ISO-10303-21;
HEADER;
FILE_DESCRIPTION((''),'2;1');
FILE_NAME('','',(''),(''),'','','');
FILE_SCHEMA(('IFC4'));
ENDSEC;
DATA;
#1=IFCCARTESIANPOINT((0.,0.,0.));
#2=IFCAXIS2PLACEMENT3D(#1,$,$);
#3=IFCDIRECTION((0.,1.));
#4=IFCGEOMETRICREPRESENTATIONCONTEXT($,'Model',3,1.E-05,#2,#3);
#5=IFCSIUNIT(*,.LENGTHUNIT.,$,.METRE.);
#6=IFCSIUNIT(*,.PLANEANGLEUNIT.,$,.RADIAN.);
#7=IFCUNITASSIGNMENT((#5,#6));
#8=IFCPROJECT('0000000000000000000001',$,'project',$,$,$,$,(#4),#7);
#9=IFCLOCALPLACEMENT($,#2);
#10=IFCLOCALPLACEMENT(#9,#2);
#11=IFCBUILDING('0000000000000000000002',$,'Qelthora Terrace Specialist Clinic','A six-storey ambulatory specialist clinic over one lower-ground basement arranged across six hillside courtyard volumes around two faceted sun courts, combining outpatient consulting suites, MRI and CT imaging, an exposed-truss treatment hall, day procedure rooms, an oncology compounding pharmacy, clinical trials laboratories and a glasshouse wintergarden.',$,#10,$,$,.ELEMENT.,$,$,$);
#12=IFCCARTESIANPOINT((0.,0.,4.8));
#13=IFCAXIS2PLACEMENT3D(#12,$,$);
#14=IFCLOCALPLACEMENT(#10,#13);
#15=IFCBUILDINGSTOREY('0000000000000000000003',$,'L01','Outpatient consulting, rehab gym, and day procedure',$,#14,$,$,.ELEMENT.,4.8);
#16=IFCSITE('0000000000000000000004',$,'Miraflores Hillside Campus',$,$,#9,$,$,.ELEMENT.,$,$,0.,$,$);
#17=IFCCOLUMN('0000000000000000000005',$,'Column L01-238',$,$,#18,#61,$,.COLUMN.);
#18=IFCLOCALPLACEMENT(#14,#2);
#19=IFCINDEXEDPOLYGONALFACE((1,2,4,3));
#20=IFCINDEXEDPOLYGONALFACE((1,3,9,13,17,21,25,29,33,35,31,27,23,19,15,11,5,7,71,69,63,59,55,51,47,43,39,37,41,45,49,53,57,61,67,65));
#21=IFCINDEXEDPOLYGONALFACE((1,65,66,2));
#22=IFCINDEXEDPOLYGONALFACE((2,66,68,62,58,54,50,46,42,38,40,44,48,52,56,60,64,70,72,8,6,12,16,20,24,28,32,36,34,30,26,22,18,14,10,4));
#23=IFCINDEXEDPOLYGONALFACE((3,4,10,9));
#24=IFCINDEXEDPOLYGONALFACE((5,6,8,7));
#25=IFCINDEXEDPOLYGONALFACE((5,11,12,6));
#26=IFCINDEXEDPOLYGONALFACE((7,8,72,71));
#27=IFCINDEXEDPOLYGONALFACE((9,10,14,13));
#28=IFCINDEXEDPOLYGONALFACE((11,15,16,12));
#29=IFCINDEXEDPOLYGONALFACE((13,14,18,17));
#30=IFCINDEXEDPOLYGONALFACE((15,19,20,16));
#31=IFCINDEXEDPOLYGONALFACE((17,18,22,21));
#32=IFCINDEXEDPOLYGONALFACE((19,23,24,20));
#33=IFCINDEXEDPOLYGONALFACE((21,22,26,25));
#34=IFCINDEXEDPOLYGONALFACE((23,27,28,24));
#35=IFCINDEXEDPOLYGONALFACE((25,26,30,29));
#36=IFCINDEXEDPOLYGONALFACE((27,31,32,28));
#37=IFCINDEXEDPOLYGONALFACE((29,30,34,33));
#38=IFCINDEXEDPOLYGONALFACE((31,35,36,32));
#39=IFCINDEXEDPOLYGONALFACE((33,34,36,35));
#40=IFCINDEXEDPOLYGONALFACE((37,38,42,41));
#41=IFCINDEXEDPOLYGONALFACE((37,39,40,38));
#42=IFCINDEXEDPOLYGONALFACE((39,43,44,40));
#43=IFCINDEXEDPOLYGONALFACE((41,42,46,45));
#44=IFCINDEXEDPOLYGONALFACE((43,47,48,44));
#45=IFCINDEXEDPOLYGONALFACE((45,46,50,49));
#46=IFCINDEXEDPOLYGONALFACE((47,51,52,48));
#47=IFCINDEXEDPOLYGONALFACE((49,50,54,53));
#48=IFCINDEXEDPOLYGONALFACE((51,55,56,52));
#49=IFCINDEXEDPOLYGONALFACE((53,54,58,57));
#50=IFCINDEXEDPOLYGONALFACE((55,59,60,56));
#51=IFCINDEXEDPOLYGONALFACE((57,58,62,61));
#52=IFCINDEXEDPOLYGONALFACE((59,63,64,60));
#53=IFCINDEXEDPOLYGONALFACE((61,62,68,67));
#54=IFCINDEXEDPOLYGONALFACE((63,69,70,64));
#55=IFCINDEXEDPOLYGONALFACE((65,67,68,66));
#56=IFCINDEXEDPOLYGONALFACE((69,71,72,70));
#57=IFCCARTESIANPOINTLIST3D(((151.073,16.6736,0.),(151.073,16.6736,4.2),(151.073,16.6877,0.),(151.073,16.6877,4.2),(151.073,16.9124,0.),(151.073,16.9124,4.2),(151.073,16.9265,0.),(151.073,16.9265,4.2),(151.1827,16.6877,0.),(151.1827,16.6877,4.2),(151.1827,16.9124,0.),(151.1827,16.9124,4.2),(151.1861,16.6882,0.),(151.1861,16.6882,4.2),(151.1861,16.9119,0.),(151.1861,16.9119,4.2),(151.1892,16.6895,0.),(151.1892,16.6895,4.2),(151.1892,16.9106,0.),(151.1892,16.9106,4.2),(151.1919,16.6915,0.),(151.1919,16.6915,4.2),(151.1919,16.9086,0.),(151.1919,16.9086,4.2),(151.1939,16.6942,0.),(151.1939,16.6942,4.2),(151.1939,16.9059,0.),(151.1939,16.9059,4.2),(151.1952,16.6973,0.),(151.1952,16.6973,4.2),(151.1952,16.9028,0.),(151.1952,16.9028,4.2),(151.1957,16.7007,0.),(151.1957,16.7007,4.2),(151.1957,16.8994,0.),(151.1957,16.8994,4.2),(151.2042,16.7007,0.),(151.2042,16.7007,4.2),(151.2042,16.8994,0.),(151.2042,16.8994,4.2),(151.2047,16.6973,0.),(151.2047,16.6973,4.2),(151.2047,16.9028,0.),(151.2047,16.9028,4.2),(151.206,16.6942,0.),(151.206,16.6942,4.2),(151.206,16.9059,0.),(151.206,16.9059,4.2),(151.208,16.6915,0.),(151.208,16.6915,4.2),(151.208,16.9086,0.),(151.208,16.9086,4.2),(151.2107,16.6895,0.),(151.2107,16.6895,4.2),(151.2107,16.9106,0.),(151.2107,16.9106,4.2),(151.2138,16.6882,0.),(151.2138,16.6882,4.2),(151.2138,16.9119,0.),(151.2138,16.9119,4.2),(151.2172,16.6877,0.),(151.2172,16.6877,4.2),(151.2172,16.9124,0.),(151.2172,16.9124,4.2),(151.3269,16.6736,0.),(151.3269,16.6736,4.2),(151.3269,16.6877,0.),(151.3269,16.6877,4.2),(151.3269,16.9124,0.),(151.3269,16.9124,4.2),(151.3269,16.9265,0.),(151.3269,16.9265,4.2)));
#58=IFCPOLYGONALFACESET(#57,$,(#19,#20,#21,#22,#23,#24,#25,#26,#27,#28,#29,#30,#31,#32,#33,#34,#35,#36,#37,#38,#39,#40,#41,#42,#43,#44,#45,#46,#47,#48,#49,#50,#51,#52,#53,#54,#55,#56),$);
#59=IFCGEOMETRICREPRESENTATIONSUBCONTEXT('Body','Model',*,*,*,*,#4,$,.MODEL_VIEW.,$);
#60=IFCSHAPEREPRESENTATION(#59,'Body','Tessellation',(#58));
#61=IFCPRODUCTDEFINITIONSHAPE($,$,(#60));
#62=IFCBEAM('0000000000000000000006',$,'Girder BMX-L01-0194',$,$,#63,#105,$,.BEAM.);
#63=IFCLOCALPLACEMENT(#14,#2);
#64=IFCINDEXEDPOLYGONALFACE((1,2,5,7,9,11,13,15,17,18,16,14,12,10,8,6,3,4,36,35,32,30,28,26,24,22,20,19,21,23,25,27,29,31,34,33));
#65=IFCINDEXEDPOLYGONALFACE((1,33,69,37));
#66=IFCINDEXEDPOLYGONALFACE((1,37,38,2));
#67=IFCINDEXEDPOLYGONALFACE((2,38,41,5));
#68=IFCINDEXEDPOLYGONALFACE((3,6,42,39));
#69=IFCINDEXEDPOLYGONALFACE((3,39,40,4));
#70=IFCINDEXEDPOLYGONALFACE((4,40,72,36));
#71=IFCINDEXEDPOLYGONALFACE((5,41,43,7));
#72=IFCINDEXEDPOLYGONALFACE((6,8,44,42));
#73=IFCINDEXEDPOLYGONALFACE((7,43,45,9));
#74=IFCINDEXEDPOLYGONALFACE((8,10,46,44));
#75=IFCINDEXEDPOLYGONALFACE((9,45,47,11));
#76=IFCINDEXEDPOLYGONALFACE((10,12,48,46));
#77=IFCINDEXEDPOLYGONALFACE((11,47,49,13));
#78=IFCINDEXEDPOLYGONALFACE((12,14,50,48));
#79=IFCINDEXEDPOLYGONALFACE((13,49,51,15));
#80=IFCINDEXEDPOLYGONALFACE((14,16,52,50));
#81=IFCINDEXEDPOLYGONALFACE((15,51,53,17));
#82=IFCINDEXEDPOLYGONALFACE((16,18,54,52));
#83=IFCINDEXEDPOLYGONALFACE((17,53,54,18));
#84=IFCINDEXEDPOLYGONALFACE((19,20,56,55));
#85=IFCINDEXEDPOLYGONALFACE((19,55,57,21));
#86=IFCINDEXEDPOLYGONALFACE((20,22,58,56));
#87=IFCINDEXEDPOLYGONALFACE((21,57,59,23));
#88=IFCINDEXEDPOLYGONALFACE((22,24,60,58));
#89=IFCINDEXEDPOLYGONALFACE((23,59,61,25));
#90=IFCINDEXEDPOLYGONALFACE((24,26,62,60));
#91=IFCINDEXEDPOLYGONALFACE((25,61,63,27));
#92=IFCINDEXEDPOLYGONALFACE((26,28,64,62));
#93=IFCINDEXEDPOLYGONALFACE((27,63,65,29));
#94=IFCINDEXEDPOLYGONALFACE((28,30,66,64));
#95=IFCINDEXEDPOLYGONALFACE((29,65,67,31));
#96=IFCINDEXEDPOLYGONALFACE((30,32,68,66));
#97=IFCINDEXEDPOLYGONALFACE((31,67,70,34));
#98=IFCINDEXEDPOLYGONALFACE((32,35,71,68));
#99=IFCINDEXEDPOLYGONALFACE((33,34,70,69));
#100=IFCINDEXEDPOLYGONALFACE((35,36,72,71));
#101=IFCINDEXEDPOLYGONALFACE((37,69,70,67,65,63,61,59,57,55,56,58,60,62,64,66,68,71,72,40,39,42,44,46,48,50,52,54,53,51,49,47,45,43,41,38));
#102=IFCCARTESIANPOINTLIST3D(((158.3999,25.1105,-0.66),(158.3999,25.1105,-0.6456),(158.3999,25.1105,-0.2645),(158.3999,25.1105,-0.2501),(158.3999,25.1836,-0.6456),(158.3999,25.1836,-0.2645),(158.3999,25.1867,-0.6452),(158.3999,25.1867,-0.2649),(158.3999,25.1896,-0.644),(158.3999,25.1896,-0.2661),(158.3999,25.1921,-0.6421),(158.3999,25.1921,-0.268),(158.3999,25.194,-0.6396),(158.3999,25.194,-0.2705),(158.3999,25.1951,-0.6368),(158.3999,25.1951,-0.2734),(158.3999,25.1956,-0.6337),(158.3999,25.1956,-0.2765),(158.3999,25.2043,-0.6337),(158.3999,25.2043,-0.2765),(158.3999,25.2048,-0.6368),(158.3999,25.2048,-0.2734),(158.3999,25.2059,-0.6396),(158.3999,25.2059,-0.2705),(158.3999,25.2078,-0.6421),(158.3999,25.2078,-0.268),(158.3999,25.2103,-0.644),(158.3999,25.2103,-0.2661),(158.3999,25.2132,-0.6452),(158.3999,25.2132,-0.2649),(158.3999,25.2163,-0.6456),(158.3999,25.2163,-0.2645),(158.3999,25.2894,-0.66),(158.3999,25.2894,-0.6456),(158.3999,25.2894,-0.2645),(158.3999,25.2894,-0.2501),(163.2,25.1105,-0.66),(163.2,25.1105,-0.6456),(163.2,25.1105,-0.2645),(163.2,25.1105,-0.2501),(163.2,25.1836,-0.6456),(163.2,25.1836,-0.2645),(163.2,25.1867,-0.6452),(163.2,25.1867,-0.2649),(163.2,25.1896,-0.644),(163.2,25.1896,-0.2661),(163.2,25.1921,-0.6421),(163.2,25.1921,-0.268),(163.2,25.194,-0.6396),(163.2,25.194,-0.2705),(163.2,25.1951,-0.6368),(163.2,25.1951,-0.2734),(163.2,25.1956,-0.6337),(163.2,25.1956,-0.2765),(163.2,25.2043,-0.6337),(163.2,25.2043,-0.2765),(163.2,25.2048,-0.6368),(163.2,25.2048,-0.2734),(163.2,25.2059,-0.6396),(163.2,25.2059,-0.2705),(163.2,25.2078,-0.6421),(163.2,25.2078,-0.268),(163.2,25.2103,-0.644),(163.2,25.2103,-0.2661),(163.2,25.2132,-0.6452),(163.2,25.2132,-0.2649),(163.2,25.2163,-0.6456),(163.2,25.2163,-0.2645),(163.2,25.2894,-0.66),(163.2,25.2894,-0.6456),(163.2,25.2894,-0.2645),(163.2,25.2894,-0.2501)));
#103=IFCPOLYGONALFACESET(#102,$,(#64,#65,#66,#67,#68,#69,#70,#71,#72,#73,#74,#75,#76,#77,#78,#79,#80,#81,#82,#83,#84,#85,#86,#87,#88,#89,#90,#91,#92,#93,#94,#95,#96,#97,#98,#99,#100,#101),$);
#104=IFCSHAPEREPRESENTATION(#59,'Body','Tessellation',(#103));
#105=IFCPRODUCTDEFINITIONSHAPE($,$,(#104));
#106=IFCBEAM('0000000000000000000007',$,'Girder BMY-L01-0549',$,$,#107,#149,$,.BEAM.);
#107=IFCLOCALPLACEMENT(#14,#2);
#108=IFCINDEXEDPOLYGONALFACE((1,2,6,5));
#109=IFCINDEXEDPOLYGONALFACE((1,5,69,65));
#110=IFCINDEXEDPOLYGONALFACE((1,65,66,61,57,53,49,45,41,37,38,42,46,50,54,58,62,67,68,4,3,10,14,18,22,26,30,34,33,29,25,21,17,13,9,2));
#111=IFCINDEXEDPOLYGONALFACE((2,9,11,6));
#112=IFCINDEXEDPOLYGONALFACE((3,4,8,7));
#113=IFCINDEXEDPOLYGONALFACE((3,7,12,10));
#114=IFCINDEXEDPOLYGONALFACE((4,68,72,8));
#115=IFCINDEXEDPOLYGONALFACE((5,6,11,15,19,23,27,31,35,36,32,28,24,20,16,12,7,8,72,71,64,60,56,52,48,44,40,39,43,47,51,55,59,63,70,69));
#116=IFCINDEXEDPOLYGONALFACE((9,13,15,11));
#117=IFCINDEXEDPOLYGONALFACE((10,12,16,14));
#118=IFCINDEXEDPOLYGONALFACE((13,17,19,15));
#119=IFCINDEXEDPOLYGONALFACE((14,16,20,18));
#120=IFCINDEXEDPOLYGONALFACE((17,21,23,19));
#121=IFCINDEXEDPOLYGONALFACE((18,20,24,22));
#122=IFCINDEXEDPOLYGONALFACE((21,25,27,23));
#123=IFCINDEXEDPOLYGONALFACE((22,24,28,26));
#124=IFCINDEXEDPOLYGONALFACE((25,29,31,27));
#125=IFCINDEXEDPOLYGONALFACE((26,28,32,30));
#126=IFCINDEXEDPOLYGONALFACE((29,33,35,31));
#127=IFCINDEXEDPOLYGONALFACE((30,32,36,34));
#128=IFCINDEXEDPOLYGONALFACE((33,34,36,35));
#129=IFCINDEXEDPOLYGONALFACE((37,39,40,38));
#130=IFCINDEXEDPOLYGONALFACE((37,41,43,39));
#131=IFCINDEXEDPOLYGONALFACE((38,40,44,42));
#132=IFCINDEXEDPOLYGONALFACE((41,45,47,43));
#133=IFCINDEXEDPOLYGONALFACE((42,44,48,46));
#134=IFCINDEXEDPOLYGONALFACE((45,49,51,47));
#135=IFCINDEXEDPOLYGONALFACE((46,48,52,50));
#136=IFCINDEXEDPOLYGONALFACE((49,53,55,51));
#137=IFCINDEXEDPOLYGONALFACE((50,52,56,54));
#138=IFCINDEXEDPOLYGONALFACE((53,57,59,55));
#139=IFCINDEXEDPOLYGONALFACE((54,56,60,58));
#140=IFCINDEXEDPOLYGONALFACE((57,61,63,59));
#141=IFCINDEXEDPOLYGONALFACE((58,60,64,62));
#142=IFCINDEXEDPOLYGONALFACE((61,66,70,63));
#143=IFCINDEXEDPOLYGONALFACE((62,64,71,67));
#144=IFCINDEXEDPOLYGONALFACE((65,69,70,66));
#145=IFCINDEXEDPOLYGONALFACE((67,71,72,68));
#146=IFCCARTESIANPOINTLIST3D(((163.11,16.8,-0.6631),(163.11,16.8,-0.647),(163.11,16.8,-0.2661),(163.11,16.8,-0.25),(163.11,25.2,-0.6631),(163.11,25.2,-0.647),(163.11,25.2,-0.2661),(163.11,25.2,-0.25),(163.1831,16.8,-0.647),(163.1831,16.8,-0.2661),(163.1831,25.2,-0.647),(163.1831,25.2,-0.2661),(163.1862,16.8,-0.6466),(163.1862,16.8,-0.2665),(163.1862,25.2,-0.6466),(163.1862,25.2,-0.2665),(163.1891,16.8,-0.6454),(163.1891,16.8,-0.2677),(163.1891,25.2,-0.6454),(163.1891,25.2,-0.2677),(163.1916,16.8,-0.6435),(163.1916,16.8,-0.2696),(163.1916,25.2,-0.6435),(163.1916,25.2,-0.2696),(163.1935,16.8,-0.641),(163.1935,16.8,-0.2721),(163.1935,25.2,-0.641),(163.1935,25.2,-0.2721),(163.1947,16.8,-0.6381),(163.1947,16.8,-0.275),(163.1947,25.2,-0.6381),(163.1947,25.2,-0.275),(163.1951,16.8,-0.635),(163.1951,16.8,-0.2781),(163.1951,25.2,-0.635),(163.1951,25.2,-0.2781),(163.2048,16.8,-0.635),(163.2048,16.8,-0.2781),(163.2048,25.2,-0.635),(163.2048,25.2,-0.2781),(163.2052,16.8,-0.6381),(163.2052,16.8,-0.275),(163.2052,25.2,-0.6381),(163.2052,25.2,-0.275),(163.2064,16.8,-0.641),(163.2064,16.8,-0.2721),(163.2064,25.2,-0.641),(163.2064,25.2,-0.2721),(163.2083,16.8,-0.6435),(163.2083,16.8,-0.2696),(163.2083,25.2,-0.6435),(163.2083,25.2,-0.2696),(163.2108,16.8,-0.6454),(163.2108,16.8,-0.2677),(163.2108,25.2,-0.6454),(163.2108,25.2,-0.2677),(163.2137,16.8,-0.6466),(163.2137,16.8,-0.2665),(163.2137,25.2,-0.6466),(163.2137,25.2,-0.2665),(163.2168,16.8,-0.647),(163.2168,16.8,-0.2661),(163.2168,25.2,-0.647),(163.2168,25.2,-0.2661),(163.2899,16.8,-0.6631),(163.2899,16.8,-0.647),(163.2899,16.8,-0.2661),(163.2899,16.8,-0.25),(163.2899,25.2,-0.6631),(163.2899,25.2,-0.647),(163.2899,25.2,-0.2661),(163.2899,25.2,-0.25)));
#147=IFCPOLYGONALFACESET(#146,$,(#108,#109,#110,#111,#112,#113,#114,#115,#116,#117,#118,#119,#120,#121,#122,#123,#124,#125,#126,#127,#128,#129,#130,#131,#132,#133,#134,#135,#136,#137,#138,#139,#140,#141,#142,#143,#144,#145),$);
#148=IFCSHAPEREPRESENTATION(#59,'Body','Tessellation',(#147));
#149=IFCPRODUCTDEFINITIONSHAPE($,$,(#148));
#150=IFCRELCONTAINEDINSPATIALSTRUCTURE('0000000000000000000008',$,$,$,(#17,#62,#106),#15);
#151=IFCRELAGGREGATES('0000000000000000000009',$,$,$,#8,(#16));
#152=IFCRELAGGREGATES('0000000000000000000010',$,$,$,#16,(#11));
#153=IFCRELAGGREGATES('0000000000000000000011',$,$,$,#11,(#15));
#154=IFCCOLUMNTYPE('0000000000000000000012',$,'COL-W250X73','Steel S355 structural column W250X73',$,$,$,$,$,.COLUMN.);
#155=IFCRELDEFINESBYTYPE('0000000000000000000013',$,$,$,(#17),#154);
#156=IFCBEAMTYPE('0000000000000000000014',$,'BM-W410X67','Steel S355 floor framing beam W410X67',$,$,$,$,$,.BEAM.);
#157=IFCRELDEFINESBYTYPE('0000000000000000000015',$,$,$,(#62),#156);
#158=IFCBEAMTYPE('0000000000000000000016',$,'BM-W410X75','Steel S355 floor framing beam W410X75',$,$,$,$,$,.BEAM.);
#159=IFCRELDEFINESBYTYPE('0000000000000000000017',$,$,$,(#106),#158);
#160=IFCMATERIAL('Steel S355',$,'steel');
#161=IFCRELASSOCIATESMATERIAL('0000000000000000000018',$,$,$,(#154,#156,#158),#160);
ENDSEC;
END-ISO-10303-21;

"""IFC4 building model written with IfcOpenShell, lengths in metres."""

from ifc_helpers import new_model, si_unit, direction, frame, origin, origin_2d, place, context, subcontext, project, spatial, i_section, extrude, material, material_profile, profile_set, type_object, element, save


model = new_model("IFC4")

# Units and contexts
model_context = context("Model", 3, precision=1e-05, world=origin(), true_north=direction((0.0, 1.0)))
body_context = subcontext(model_context, "Body", "Model", "MODEL_VIEW")
ifc_project = project(units=[si_unit("LENGTHUNIT", "METRE"), si_unit("PLANEANGLEUNIT", "RADIAN")], contexts=[model_context])

# Site, building, storey
site_placement = place(None, origin())
site = spatial("IfcSite", under=ifc_project, at=site_placement, Name="Miraflores Hillside Campus", CompositionType="ELEMENT", RefElevation=0.0)
building_placement = place(site_placement, origin())
building = spatial("IfcBuilding", under=site, at=building_placement, Name="Qelthora Terrace Specialist Clinic", Description="A six-storey ambulatory specialist clinic over one lower-ground basement arranged across six hillside courtyard volumes around two faceted sun courts, combining outpatient consulting suites, MRI and CT imaging, an exposed-truss treatment hall, day procedure rooms, an oncology compounding pharmacy, clinical trials laboratories and a glasshouse wintergarden.", CompositionType="ELEMENT")
storey_placement = place(building_placement, frame((0.0, 0.0, 4.8)))
storey = spatial("IfcBuildingStorey", under=building, at=storey_placement, Name="L01", Description="Outpatient consulting, rehab gym, and day procedure", CompositionType="ELEMENT", Elevation=4.8)

# Column
ifc_material_1 = material(Name="Steel S355", Category="steel")
ifc_material_profile_1 = material_profile(ifc_material_1, i_section(OverallWidth=0.2539, OverallDepth=0.2529, WebThickness=0.0085, FlangeThickness=0.0142, FilletRadius=0.0129, at=origin_2d()), Name="W250X73")
ifc_profile_set_1 = profile_set([ifc_material_profile_1], Name="Steel S355")
column_type = type_object("IfcColumnType", Name="COL-W250X73", Description="Steel S355 structural column W250X73", PredefinedType="COLUMN", material=ifc_profile_set_1)
column_placement = place(storey_placement, frame((151.2, 16.8, 0.0), z_axis=(0.0, 0.0, 1.0), x_axis=(1.0, 0.0, 0.0)))
element("IfcColumn", 1, at=column_placement, inside=storey, type_object=column_type, Name="Column L01-238", PredefinedType="COLUMN", context=body_context, shape_type="SweptSolid", body=[
    extrude(i_section(OverallWidth=0.2539, OverallDepth=0.2529, WebThickness=0.0085, FlangeThickness=0.0142, FilletRadius=0.0129, at=origin_2d()), origin(), (0.0, 0.0, 1.0), 4.2),
])

# Beams
ifc_material_profile_2 = material_profile(ifc_material_1, i_section(OverallWidth=0.179, OverallDepth=0.4099, WebThickness=0.0088, FlangeThickness=0.0144, FilletRadius=0.012, at=origin_2d()), Name="W410X67")
ifc_profile_set_2 = profile_set([ifc_material_profile_2], Name="Steel S355")
beam_type_1 = type_object("IfcBeamType", Name="BM-W410X67", Description="Steel S355 floor framing beam W410X67", PredefinedType="BEAM", material=ifc_profile_set_2)
beam_1_placement = place(storey_placement, frame((158.3999, 25.2, -0.4551), z_axis=(1.0, 0.0, 0.0), x_axis=(0.0, 1.0, 0.0)))
element("IfcBeam", 2, at=beam_1_placement, inside=storey, type_object=beam_type_1, Name="Girder BMX-L01-0194", PredefinedType="BEAM", context=body_context, shape_type="SweptSolid", body=[
    extrude(i_section(OverallWidth=0.179, OverallDepth=0.4099, WebThickness=0.0088, FlangeThickness=0.0144, FilletRadius=0.012, at=origin_2d()), origin(), (0.0, 0.0, 1.0), 4.8),
])
ifc_material_profile_3 = material_profile(ifc_material_1, i_section(OverallWidth=0.1799, OverallDepth=0.4131, WebThickness=0.0098, FlangeThickness=0.0161, FilletRadius=0.012, at=origin_2d()), Name="W410X75")
ifc_profile_set_3 = profile_set([ifc_material_profile_3], Name="Steel S355")
beam_type_2 = type_object("IfcBeamType", Name="BM-W410X75", Description="Steel S355 floor framing beam W410X75", PredefinedType="BEAM", material=ifc_profile_set_3)
beam_2_placement = place(storey_placement, frame((163.2, 16.8, -0.4565), z_axis=(0.0, 1.0, 0.0), x_axis=(-1.0, 0.0, 0.0)))
element("IfcBeam", 3, at=beam_2_placement, inside=storey, type_object=beam_type_2, Name="Girder BMY-L01-0549", PredefinedType="BEAM", context=body_context, shape_type="SweptSolid", body=[
    extrude(i_section(OverallWidth=0.1799, OverallDepth=0.4131, WebThickness=0.0098, FlangeThickness=0.0161, FilletRadius=0.012, at=origin_2d()), origin(), (0.0, 0.0, 1.0), 8.3999),
])

save(model, "model.ifc")
